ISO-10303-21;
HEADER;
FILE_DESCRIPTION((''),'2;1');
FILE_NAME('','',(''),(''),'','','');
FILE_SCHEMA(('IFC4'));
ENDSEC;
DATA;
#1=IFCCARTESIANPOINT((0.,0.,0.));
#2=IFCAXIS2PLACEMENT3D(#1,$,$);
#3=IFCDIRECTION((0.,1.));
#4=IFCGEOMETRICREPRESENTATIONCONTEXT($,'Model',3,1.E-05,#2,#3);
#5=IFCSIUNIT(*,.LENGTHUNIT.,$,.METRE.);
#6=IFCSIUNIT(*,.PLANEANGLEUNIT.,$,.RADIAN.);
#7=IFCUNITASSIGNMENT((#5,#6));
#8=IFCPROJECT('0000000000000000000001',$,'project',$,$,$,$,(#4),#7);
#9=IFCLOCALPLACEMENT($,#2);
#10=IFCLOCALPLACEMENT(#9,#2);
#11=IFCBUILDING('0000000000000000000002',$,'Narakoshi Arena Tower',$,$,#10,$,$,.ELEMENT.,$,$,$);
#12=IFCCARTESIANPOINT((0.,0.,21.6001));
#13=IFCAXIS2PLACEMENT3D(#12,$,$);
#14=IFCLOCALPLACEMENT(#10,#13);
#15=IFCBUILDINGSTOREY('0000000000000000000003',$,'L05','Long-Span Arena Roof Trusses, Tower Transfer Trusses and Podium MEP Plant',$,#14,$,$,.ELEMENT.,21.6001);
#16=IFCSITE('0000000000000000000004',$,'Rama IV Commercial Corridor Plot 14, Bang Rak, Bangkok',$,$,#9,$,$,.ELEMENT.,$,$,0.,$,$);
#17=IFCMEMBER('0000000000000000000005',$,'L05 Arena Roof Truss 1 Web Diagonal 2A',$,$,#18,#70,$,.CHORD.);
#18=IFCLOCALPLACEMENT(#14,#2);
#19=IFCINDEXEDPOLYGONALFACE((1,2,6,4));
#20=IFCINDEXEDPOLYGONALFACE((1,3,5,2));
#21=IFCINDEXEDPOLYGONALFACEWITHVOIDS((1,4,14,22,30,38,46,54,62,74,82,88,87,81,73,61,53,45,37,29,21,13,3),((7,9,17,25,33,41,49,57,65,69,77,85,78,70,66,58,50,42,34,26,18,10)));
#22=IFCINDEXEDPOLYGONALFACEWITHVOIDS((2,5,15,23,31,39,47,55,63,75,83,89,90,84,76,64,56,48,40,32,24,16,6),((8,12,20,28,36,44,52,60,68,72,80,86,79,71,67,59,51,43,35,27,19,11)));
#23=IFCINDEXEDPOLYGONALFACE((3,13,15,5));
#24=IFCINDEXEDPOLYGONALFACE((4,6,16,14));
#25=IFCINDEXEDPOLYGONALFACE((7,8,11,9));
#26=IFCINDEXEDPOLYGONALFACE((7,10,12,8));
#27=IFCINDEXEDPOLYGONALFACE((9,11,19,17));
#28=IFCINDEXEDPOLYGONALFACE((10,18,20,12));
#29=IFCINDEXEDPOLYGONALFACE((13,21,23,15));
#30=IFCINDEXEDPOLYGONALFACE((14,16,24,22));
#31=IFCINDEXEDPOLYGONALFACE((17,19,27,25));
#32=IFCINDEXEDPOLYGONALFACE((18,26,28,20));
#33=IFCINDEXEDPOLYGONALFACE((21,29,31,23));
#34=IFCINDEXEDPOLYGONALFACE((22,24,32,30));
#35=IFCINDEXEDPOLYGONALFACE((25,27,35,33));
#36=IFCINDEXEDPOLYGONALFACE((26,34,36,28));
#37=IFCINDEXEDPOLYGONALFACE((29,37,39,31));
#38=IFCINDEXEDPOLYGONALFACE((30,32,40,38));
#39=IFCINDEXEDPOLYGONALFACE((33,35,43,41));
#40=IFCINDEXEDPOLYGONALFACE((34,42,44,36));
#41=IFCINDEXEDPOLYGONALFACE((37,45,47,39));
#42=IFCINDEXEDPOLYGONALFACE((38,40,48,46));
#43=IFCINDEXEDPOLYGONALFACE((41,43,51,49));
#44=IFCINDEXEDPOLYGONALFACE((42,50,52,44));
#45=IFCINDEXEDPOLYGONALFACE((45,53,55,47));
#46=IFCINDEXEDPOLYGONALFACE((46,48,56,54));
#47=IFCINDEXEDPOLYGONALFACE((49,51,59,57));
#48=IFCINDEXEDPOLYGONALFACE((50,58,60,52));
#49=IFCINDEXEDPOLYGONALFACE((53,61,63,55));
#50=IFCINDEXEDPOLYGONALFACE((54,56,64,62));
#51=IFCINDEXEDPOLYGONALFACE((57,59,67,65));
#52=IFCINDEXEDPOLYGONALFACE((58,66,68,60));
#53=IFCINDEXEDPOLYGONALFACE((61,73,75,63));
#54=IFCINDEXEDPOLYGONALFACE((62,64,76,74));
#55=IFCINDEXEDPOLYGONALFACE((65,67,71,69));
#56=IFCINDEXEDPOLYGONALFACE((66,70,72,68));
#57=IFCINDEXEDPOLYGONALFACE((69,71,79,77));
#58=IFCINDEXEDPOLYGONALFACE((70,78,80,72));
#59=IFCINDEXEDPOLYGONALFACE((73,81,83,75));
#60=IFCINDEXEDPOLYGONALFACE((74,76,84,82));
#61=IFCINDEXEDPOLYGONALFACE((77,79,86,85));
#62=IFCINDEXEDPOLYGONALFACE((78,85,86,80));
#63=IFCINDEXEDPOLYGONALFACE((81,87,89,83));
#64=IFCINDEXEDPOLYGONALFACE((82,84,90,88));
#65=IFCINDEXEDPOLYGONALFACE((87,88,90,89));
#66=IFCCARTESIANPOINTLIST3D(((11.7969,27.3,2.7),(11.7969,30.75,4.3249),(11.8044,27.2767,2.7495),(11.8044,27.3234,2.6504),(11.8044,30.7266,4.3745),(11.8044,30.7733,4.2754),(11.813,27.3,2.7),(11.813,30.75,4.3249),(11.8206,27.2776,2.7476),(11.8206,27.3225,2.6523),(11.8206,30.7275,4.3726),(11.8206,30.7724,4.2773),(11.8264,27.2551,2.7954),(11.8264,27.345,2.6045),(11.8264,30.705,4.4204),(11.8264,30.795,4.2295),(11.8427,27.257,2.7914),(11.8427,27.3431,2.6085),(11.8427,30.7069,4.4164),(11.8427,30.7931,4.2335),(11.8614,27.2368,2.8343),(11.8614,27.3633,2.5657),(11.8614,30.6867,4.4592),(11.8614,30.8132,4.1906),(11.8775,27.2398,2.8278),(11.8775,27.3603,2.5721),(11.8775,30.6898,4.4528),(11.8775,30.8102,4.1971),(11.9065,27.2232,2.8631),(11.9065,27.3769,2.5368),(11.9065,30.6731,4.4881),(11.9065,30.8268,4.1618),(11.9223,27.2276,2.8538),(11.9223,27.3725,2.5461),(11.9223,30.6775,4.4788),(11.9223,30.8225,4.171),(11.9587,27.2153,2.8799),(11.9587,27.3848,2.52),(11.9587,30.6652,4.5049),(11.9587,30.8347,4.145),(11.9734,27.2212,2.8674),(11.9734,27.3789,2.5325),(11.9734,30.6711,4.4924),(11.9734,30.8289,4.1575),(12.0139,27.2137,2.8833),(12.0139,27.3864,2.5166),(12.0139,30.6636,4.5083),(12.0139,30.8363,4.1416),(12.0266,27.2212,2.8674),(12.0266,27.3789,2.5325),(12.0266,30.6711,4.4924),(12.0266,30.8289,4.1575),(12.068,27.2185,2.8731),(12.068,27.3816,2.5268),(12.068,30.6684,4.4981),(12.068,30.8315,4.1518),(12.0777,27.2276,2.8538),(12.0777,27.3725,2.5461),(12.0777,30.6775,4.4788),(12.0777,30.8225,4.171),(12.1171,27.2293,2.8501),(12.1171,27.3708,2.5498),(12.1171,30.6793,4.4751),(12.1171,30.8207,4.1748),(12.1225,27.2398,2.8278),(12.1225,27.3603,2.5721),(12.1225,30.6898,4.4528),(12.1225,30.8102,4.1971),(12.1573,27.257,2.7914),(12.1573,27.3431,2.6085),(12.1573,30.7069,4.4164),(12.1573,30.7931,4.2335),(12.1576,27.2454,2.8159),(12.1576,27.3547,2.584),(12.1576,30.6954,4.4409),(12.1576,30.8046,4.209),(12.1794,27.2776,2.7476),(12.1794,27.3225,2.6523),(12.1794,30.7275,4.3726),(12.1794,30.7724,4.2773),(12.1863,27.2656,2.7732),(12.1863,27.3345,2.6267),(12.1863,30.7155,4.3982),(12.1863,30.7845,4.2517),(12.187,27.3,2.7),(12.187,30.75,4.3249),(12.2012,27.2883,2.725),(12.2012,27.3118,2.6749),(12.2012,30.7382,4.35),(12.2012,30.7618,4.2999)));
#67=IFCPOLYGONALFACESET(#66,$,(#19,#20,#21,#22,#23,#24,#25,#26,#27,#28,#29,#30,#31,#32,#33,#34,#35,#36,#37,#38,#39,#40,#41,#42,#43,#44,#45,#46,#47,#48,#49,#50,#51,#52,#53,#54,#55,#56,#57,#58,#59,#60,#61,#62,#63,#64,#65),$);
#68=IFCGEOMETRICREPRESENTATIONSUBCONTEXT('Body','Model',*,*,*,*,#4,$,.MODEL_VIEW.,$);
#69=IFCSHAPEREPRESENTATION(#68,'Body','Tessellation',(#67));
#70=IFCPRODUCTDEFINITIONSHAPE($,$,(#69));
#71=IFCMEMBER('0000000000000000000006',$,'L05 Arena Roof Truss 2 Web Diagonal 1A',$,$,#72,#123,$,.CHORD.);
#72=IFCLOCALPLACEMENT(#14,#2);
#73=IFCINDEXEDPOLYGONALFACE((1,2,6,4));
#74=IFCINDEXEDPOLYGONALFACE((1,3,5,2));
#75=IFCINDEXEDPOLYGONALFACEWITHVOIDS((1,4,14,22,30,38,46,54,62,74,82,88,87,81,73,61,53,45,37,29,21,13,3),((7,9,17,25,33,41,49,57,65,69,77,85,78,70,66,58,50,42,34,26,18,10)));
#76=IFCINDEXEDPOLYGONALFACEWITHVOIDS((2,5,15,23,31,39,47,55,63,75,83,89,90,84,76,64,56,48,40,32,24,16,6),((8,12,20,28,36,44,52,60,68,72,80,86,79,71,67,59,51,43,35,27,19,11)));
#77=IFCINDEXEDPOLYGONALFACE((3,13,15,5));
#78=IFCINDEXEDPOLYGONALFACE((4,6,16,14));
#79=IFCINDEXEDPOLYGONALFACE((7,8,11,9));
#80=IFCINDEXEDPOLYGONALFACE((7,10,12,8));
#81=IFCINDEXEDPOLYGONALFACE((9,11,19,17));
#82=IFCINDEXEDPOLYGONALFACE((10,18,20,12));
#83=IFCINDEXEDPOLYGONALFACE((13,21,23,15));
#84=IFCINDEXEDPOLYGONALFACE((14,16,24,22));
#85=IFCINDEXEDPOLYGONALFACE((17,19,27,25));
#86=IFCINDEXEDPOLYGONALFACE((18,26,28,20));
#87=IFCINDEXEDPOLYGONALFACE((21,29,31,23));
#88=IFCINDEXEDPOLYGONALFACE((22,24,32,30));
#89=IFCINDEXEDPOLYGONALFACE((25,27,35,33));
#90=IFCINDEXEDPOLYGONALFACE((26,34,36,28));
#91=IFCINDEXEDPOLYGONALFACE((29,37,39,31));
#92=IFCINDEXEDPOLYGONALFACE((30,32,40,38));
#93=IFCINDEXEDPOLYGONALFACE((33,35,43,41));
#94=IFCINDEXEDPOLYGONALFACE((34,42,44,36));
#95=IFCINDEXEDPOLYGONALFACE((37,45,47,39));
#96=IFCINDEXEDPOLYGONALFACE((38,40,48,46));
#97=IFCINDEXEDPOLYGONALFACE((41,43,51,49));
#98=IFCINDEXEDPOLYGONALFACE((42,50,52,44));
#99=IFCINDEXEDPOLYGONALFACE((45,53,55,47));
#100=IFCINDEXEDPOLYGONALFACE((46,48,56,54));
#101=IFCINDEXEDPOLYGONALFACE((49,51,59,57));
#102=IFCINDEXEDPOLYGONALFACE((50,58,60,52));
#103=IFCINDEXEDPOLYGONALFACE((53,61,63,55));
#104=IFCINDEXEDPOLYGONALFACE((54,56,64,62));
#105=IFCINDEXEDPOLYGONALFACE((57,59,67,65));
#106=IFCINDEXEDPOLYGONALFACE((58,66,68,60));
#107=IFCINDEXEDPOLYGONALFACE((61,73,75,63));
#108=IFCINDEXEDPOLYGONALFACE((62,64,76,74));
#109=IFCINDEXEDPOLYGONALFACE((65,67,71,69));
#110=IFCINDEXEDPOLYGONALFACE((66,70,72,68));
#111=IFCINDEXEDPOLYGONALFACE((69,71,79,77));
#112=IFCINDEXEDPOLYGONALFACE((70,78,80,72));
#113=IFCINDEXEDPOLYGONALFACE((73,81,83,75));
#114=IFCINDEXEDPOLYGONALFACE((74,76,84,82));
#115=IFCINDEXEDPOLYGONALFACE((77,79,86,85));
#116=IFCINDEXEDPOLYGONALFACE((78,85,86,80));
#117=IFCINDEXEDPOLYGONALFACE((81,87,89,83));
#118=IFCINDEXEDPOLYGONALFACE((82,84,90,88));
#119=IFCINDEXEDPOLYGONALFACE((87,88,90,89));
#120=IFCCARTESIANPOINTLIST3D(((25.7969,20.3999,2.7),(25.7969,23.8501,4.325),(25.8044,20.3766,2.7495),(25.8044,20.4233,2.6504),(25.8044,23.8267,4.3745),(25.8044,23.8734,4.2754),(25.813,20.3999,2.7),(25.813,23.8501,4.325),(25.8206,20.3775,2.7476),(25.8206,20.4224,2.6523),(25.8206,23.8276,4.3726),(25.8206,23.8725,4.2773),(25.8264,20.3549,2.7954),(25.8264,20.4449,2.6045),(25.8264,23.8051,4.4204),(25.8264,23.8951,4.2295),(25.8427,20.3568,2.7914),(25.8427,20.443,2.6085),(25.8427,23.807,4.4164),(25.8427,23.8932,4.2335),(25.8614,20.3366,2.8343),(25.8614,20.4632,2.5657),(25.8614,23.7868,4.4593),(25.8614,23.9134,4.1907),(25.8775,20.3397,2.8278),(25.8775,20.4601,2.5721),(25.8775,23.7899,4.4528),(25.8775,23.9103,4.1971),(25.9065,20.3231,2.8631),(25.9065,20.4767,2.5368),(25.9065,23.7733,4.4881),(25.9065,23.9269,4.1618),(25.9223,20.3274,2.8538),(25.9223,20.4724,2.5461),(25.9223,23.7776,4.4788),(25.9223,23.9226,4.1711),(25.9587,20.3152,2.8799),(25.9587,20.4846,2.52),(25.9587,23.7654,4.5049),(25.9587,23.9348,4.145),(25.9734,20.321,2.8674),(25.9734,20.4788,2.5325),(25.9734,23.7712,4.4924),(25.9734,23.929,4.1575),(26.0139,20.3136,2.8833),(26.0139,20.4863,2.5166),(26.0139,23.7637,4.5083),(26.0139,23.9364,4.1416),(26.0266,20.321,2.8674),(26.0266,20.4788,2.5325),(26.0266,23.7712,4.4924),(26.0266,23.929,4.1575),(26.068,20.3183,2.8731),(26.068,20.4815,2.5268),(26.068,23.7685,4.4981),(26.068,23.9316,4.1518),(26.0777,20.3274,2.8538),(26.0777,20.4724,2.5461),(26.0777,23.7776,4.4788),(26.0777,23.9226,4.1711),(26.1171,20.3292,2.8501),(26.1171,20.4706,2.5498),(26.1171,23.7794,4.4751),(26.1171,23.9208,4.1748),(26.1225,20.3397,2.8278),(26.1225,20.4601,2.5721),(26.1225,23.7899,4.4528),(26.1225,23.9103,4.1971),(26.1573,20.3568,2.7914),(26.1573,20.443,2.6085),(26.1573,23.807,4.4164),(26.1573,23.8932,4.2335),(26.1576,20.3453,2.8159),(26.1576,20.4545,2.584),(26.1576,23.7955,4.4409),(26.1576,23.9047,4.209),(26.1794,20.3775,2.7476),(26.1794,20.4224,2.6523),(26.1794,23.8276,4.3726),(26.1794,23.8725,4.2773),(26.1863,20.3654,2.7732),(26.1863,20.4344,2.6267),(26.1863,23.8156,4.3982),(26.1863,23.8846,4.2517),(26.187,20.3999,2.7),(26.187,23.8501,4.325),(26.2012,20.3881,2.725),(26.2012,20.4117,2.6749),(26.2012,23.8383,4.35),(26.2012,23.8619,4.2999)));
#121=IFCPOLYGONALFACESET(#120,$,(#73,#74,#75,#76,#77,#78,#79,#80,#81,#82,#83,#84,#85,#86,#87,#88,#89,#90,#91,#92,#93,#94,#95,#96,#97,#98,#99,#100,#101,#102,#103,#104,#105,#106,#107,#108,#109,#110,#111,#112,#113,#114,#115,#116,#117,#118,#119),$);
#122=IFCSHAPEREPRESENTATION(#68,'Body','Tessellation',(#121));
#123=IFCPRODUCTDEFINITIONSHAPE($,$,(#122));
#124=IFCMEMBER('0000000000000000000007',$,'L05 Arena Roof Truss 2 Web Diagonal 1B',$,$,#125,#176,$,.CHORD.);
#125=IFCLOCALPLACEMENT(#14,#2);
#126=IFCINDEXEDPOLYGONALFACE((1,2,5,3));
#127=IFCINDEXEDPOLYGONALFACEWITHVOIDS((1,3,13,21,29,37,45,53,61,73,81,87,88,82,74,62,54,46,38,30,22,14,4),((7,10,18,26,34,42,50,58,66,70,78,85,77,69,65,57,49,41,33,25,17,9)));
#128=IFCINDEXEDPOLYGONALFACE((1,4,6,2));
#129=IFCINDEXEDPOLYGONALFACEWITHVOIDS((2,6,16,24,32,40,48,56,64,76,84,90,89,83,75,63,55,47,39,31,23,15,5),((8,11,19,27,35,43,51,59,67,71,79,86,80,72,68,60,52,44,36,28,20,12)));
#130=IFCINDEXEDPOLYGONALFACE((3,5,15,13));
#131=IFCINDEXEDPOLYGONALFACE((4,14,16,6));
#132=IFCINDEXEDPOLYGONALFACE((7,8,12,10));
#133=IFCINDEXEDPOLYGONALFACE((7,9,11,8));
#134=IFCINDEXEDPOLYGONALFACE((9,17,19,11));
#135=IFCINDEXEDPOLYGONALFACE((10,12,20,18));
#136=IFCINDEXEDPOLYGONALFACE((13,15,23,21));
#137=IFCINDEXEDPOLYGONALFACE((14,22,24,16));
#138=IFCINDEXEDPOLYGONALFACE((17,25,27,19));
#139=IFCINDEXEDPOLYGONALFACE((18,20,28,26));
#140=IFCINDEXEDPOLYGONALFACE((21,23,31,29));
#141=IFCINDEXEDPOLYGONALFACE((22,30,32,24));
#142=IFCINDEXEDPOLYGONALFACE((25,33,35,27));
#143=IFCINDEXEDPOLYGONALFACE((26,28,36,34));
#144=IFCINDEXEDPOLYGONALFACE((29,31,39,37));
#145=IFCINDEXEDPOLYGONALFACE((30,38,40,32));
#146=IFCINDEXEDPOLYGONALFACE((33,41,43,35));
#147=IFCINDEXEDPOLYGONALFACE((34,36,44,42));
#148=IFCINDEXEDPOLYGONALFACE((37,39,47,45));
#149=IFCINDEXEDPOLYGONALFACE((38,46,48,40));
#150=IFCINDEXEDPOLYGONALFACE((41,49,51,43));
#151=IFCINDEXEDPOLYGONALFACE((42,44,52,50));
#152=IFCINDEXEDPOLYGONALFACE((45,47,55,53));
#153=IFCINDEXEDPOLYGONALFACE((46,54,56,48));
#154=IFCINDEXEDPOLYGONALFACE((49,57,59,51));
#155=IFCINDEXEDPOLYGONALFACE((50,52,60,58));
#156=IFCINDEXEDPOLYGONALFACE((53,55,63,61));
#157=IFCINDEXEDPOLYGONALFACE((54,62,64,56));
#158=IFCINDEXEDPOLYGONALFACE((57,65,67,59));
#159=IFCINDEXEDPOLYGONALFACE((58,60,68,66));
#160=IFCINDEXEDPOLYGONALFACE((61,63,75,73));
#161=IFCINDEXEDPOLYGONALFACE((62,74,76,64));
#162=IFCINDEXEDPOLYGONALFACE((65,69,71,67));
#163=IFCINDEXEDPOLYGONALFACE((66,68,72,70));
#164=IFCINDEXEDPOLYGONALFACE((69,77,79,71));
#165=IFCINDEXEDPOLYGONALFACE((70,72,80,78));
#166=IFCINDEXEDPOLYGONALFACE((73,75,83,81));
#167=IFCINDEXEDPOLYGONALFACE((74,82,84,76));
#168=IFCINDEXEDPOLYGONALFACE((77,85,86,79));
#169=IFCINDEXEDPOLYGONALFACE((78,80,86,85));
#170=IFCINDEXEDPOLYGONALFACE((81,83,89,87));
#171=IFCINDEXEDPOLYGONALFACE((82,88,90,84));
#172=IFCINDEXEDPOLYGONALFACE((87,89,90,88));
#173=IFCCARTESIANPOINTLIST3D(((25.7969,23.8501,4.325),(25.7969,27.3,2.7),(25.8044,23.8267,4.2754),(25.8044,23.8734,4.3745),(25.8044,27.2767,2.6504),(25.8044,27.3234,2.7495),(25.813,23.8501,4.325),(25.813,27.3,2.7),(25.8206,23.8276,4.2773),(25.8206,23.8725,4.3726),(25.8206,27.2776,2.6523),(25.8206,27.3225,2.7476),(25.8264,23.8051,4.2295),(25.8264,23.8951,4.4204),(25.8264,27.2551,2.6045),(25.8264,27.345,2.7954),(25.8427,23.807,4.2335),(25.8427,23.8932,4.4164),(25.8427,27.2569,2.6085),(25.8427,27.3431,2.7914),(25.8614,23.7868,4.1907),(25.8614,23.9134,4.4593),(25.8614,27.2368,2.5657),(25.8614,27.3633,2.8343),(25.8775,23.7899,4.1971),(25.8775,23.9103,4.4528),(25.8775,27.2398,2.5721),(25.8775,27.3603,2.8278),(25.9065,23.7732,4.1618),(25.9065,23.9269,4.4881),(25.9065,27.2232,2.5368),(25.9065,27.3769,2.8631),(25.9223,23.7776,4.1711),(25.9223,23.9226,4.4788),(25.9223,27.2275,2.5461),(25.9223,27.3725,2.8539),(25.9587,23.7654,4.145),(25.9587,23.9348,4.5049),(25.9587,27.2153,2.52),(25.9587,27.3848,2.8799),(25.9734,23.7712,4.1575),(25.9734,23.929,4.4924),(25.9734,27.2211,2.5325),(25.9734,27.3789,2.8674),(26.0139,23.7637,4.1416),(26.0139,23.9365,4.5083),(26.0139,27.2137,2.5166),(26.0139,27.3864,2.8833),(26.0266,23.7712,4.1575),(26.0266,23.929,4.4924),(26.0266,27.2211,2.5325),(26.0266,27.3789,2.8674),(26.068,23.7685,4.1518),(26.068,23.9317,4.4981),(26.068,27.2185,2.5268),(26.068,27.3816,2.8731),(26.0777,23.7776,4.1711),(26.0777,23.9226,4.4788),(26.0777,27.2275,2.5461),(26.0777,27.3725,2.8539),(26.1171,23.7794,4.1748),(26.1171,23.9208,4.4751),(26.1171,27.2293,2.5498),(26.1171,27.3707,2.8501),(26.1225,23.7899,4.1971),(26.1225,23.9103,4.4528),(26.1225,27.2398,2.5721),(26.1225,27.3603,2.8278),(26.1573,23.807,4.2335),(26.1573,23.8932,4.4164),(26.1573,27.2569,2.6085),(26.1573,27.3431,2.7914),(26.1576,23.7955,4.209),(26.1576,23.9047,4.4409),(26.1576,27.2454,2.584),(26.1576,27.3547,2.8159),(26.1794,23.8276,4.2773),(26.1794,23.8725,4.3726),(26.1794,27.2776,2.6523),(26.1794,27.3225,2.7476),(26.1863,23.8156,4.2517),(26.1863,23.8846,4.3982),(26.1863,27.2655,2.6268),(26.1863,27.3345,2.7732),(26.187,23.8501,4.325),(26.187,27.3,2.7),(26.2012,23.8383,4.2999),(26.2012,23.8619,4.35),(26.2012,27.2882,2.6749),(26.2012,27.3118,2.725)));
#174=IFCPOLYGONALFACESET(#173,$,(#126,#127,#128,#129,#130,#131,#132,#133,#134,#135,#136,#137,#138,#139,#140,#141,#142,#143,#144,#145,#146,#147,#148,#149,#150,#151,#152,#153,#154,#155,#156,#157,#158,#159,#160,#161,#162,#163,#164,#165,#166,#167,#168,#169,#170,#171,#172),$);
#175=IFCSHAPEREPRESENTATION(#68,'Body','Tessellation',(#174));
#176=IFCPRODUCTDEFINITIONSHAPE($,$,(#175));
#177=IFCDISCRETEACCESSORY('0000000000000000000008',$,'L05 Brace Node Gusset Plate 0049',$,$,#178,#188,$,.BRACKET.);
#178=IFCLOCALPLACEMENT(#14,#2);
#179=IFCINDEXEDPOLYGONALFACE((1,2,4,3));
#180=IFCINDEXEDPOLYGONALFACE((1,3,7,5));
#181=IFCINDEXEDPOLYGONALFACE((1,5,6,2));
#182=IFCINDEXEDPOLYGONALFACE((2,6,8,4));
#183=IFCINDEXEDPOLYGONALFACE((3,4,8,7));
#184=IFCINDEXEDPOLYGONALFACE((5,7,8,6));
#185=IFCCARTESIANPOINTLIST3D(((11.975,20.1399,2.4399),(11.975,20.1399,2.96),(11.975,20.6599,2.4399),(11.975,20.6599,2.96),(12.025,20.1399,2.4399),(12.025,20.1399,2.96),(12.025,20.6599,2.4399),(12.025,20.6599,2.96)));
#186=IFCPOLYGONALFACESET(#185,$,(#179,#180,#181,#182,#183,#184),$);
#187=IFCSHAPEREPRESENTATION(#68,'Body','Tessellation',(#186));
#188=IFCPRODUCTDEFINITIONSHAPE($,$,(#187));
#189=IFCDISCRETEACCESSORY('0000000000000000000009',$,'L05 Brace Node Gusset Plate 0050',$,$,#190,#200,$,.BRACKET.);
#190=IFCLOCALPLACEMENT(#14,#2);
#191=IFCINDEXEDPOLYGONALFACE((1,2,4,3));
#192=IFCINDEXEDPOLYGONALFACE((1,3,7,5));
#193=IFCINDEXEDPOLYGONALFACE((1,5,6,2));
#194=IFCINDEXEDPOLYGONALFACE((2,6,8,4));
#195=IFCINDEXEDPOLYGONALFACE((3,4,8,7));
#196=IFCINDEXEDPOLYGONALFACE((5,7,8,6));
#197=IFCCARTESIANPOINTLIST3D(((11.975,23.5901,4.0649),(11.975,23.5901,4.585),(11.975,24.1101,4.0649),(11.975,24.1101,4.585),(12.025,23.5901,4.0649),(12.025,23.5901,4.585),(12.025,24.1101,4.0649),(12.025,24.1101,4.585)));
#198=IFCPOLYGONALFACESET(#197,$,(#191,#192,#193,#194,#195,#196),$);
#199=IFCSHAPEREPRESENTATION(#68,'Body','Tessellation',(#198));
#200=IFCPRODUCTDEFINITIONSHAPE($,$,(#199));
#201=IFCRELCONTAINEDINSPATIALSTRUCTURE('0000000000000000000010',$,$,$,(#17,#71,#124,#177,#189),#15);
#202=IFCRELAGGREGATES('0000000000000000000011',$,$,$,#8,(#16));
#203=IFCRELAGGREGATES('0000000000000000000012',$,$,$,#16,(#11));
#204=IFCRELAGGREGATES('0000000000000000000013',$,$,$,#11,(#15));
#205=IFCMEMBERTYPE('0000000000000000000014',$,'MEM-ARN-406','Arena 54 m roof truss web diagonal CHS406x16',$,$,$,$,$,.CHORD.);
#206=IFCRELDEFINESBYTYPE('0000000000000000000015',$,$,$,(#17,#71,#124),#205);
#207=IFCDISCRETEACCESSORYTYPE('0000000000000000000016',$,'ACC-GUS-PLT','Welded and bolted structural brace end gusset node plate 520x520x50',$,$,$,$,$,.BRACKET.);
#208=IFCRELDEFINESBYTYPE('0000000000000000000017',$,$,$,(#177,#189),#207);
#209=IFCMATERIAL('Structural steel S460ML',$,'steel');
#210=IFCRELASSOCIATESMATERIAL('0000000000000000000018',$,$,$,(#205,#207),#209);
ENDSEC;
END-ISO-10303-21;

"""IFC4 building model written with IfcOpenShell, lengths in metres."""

from ifc_helpers import new_model, si_unit, direction, frame, origin, origin_2d, place, context, subcontext, project, spatial, rectangle, hollow_circle, extrude, material, material_profile, profile_set, type_object, element, save


model = new_model("IFC4")

# Units and contexts
model_context = context("Model", 3, precision=1e-05, world=origin(), true_north=direction((0.0, 1.0)))
body_context = subcontext(model_context, "Body", "Model", "MODEL_VIEW")
ifc_project = project(units=[si_unit("LENGTHUNIT", "METRE"), si_unit("PLANEANGLEUNIT", "RADIAN")], contexts=[model_context])

# Site, building, storey
site_placement = place(None, origin())
site = spatial("IfcSite", under=ifc_project, at=site_placement, Name="Rama IV Commercial Corridor Plot 14, Bang Rak, Bangkok", CompositionType="ELEMENT", RefElevation=0.0)
building_placement = place(site_placement, origin())
building = spatial("IfcBuilding", under=site, at=building_placement, Name="Narakoshi Arena Tower", CompositionType="ELEMENT")
storey_placement = place(building_placement, frame((0.0, 0.0, 21.6001)))
storey = spatial("IfcBuildingStorey", under=building, at=storey_placement, Name="L05", Description="Long-Span Arena Roof Trusses, Tower Transfer Trusses and Podium MEP Plant", CompositionType="ELEMENT", Elevation=21.6001)

# Shared definitions
ifc_material_1 = material(Name="Structural steel S460ML", Category="steel")

# Members
ifc_material_profile_1 = material_profile(ifc_material_1, hollow_circle(Radius=0.2031, WallThickness=0.0161, at=origin_2d()), Name="CHS406x16")
ifc_profile_set_1 = profile_set([ifc_material_profile_1], Name="Structural steel S460ML")
member_type = type_object("IfcMemberType", Name="MEM-ARN-406", Description="Arena 54 m roof truss web diagonal CHS406x16", PredefinedType="CHORD", material=ifc_profile_set_1)
member_1_placement = place(storey_placement, frame((12.0, 27.3, 2.7), z_axis=(0.0, 0.904668, 0.426118), x_axis=(-1.0, 0.0, 0.0)))
element("IfcMember", 1, at=member_1_placement, inside=storey, type_object=member_type, Name="L05 Arena Roof Truss 1 Web Diagonal 2A", PredefinedType="CHORD", context=body_context, shape_type="SweptSolid", body=[
    extrude(hollow_circle(Radius=0.2031, WallThickness=0.0161, at=origin_2d()), origin(), (0.0, 0.0, 1.0), 3.8135),
])
member_2_placement = place(storey_placement, frame((26.0, 20.3999, 2.7), z_axis=(0.0, 0.904679, 0.426093), x_axis=(-1.0, 0.0, 0.0)))
element("IfcMember", 2, at=member_2_placement, inside=storey, type_object=member_type, Name="L05 Arena Roof Truss 2 Web Diagonal 1A", PredefinedType="CHORD", context=body_context, shape_type="SweptSolid", body=[
    extrude(hollow_circle(Radius=0.2031, WallThickness=0.0161, at=origin_2d()), origin(), (0.0, 0.0, 1.0), 3.8137),
])
member_3_placement = place(storey_placement, frame((26.0, 23.8501, 4.325), z_axis=(0.0, 0.904668, -0.426118), x_axis=(-1.0, 0.0, 0.0)))
element("IfcMember", 3, at=member_3_placement, inside=storey, type_object=member_type, Name="L05 Arena Roof Truss 2 Web Diagonal 1B", PredefinedType="CHORD", context=body_context, shape_type="SweptSolid", body=[
    extrude(hollow_circle(Radius=0.2031, WallThickness=0.0161, at=origin_2d()), origin(), (0.0, 0.0, 1.0), 3.8135),
])

# Discrete accessories
discrete_accessory_type = type_object("IfcDiscreteAccessoryType", Name="ACC-GUS-PLT", Description="Welded and bolted structural brace end gusset node plate 520x520x50", PredefinedType="BRACKET", material=ifc_material_1)
for number, where, z_axis, x_axis, name in (
    (4, (12.0, 20.3999, 2.4399), (0.0, 0.0, 1.0), (0.0, 1.0, 0.0), "L05 Brace Node Gusset Plate 0049"),
    (5, (12.0, 23.8501, 4.0649), (0.0, 0.0, 1.0), (0.0, 1.0, 0.0), "L05 Brace Node Gusset Plate 0050"),
):
    element("IfcDiscreteAccessory", number, at=place(storey_placement, frame(where, z_axis=z_axis, x_axis=x_axis)), inside=storey, type_object=discrete_accessory_type, Name=name, PredefinedType="BRACKET", context=body_context, shape_type="SweptSolid", body=[
        extrude(rectangle(XDim=0.52, YDim=0.05, at=origin_2d()), origin(), (0.0, 0.0, 1.0), 0.52),
    ])

save(model, "model.ifc")
